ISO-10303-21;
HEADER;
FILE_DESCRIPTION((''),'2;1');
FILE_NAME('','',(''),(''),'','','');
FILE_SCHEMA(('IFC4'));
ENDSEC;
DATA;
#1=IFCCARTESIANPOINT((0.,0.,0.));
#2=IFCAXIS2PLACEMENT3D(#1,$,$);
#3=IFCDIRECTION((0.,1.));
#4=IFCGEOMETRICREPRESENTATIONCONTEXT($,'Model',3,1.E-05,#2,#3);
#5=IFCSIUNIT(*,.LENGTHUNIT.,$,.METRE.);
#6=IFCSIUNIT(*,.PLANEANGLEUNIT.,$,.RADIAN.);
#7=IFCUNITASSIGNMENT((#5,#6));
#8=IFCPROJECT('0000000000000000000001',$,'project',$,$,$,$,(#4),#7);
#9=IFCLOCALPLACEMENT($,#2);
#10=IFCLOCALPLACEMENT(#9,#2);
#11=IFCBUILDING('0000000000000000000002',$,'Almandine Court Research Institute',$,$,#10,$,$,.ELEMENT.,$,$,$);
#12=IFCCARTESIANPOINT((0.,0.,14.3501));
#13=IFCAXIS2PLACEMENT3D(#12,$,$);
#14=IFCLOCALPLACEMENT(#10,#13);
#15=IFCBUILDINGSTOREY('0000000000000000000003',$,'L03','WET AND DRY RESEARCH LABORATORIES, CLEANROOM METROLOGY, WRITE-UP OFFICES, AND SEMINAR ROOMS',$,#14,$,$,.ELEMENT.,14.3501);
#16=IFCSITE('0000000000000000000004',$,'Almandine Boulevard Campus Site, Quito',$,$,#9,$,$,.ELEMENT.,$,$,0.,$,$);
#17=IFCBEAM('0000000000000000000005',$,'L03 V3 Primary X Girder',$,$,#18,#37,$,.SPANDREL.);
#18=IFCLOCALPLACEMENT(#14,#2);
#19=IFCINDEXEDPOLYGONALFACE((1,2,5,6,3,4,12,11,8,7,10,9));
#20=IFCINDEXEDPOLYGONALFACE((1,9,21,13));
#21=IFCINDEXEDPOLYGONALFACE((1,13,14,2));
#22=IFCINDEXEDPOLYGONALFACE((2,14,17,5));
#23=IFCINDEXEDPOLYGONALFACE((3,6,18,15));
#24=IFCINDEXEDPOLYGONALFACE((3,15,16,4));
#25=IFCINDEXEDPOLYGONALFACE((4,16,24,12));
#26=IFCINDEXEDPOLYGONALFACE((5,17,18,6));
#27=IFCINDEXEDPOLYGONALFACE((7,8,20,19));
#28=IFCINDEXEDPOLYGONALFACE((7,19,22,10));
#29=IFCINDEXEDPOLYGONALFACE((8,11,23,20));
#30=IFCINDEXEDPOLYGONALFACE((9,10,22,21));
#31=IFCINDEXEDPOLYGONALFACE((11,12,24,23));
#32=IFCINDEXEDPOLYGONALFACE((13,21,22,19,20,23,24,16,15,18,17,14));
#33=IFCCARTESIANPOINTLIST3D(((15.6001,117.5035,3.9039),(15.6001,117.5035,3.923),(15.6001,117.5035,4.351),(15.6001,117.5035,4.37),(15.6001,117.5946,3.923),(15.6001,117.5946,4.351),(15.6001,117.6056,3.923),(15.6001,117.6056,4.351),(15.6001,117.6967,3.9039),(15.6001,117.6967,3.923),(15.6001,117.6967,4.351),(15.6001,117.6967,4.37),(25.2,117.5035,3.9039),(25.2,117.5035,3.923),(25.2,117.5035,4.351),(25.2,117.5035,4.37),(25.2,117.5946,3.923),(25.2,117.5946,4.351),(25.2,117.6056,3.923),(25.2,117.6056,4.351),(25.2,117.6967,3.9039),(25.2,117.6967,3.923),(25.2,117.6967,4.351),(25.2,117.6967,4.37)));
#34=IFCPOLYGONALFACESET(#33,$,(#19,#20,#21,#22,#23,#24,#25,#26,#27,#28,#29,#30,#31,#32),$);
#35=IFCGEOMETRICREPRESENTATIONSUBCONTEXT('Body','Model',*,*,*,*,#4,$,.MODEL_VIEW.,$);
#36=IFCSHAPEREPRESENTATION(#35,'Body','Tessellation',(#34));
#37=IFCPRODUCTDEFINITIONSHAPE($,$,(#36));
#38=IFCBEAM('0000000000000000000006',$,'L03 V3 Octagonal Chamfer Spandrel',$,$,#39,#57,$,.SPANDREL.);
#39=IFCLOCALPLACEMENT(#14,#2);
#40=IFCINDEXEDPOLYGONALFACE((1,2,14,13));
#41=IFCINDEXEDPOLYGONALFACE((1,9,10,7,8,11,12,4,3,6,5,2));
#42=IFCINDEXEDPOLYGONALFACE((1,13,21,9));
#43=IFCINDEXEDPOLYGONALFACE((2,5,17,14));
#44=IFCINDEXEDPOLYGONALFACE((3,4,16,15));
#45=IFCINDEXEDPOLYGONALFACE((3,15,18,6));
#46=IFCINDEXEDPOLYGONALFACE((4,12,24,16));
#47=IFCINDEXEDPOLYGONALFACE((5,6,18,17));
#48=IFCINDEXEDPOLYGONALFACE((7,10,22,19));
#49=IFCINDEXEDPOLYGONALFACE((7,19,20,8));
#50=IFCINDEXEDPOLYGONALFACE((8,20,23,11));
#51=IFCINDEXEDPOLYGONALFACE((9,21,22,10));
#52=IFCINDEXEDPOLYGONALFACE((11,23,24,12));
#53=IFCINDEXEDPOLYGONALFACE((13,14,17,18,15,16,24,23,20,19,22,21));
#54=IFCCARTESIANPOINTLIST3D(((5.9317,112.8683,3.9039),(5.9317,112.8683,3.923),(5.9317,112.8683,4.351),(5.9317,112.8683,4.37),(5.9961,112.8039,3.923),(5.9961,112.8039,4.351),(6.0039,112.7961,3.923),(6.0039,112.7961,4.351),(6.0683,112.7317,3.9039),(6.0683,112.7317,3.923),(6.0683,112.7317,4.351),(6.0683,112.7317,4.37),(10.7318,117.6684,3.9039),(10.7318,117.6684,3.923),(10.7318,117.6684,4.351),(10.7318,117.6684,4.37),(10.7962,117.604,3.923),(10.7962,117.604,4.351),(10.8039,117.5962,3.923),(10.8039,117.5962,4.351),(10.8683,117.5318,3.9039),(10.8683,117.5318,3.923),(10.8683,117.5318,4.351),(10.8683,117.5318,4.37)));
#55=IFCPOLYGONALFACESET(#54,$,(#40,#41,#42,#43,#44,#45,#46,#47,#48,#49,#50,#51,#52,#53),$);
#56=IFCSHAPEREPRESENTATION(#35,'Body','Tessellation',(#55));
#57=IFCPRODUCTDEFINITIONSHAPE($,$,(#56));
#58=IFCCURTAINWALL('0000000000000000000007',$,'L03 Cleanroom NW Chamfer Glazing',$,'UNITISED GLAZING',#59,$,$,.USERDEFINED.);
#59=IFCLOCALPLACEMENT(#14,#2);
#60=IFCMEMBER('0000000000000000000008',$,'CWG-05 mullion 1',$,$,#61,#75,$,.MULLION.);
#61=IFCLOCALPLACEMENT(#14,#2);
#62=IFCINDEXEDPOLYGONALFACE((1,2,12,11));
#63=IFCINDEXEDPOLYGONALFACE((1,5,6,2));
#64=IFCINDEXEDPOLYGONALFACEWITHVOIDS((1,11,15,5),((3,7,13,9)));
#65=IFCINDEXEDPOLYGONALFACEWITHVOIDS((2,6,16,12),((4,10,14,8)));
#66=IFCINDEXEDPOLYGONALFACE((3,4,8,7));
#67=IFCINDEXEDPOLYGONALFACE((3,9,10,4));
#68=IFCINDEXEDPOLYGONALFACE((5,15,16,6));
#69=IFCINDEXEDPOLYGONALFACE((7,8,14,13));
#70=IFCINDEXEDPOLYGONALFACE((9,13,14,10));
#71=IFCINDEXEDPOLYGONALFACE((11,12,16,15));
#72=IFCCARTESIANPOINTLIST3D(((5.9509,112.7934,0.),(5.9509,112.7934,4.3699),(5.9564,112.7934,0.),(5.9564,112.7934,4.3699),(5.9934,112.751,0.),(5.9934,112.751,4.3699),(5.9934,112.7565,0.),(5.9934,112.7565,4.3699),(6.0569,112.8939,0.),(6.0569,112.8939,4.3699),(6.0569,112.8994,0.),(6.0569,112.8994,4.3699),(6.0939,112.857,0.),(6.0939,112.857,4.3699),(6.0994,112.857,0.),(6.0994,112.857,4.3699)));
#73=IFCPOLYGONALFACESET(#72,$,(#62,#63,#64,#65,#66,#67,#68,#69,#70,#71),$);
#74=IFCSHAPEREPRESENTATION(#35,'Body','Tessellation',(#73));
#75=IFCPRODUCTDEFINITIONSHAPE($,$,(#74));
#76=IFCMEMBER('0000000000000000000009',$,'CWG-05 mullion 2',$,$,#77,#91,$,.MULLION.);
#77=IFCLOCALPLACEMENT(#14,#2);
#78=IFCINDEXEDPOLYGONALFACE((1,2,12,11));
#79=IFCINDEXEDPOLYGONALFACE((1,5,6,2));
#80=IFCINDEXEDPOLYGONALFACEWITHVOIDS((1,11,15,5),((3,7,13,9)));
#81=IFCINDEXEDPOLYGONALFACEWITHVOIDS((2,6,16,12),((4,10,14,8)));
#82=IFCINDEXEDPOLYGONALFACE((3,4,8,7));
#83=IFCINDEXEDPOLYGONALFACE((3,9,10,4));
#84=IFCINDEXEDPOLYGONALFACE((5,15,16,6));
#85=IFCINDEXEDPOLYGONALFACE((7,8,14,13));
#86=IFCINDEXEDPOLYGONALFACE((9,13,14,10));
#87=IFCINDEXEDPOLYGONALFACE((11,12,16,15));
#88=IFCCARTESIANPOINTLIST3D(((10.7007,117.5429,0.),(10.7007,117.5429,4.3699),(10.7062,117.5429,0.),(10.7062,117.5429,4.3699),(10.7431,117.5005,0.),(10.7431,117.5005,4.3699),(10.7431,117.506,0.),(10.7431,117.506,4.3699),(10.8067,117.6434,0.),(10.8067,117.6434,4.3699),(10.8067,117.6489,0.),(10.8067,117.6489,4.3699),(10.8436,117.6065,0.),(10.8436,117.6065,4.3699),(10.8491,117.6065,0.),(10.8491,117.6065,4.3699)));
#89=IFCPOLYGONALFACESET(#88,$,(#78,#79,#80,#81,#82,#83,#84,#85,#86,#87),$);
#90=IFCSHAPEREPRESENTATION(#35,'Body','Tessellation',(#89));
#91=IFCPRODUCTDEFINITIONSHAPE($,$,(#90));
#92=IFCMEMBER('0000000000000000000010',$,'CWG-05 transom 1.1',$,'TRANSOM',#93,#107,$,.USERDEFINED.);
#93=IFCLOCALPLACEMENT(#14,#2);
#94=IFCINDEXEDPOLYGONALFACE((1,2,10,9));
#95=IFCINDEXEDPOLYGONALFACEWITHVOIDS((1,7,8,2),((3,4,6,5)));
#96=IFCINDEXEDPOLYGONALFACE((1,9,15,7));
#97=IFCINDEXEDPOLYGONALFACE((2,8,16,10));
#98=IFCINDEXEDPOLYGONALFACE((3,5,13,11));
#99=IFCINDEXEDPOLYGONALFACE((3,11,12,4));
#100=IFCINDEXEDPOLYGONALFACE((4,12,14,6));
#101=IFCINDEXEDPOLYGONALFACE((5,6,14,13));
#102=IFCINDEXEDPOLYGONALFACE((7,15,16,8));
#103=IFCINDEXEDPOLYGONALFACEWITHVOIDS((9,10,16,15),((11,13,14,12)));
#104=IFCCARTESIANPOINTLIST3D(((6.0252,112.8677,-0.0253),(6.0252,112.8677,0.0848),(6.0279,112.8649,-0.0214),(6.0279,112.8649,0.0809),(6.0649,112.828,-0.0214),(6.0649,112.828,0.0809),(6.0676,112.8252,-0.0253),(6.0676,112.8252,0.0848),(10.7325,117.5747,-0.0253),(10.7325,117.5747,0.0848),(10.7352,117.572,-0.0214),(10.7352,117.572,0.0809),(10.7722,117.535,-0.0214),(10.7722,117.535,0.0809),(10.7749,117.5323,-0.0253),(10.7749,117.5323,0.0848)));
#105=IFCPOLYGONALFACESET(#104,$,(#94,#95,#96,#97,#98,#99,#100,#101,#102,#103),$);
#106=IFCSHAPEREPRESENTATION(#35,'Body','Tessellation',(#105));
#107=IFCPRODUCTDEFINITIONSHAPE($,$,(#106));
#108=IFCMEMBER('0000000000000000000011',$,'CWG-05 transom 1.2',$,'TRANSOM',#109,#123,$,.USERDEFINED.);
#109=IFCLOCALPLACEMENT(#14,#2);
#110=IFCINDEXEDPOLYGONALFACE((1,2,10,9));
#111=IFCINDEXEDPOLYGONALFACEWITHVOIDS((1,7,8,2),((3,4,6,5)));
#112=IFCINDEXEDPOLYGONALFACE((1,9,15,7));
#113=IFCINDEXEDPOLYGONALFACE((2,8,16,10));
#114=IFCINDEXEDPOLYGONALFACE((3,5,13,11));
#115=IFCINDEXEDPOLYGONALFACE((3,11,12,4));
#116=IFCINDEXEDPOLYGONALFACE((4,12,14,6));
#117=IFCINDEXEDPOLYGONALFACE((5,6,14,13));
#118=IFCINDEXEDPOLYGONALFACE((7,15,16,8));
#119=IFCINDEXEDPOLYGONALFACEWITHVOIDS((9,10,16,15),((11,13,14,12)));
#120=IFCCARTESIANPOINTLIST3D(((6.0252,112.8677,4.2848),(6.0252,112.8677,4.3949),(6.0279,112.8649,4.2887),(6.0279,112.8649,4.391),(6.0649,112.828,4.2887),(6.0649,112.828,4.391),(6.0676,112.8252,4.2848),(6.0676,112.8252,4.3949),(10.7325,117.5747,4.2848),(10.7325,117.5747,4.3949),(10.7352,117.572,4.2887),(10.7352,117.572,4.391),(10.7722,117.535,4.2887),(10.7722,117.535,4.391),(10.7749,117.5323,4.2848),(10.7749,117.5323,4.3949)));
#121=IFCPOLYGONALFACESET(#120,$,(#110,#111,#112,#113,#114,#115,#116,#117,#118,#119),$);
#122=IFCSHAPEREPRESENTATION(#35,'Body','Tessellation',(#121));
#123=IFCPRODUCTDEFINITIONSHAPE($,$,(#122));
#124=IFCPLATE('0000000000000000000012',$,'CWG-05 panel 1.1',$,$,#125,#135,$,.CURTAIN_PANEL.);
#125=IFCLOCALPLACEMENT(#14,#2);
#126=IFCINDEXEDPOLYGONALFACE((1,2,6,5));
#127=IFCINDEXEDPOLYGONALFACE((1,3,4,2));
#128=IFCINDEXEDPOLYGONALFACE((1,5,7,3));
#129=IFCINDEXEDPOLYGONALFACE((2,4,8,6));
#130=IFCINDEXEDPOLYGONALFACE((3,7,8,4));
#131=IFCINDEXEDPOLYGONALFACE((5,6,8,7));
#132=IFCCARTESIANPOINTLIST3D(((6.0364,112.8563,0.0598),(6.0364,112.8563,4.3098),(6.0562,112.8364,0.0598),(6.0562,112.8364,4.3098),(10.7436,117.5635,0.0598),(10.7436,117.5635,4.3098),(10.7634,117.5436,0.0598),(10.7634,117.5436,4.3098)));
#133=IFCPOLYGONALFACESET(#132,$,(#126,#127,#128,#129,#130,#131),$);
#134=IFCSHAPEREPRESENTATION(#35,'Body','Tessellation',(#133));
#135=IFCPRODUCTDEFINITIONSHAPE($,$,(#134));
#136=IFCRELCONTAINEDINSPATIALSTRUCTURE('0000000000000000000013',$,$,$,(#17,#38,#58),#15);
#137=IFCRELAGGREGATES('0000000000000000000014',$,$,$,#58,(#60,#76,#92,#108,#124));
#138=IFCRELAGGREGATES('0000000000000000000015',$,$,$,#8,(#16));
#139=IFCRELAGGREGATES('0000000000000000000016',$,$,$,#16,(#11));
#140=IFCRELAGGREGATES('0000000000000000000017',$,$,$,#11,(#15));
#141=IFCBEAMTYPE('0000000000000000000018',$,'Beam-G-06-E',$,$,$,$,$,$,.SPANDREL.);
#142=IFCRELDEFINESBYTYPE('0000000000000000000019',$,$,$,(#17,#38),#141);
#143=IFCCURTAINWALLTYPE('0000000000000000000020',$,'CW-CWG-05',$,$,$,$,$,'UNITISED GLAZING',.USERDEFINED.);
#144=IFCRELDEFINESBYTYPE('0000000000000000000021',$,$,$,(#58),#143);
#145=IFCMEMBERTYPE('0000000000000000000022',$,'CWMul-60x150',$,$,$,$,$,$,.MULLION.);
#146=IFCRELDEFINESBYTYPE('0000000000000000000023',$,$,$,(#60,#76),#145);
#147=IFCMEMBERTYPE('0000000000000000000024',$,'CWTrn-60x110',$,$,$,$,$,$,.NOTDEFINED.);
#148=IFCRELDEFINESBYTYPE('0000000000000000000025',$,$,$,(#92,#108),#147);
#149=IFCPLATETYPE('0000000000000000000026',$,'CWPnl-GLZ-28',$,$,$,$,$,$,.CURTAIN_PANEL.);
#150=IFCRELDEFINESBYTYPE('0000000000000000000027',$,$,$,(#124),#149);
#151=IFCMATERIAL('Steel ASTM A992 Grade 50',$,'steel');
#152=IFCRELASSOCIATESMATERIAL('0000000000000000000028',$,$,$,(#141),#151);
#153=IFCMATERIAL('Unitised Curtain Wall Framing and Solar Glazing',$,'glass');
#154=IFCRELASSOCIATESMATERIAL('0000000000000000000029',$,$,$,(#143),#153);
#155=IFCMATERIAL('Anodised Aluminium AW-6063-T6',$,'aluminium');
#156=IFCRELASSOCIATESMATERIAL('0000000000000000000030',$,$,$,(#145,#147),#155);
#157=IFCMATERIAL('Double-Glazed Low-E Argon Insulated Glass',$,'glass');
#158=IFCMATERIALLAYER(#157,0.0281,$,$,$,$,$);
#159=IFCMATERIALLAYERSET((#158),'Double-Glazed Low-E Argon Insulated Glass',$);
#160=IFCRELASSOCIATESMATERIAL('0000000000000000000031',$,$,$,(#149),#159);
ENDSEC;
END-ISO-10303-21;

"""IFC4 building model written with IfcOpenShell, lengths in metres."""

from ifc_helpers import new_model, si_unit, direction, frame, origin, origin_2d, place, context, subcontext, project, spatial, rectangle, hollow_rectangle, i_section, extrude, material, layer, layer_set, material_profile, profile_set, type_object, element, aggregate, save


model = new_model("IFC4")

# Units and contexts
model_context = context("Model", 3, precision=1e-05, world=origin(), true_north=direction((0.0, 1.0)))
body_context = subcontext(model_context, "Body", "Model", "MODEL_VIEW")
ifc_project = project(units=[si_unit("LENGTHUNIT", "METRE"), si_unit("PLANEANGLEUNIT", "RADIAN")], contexts=[model_context])

# Site, building, storey
site_placement = place(None, origin())
site = spatial("IfcSite", under=ifc_project, at=site_placement, Name="Almandine Boulevard Campus Site, Quito", CompositionType="ELEMENT", RefElevation=0.0)
building_placement = place(site_placement, origin())
building = spatial("IfcBuilding", under=site, at=building_placement, Name="Almandine Court Research Institute", CompositionType="ELEMENT")
storey_placement = place(building_placement, frame((0.0, 0.0, 14.3501)))
storey = spatial("IfcBuildingStorey", under=building, at=storey_placement, Name="L03", Description="WET AND DRY RESEARCH LABORATORIES, CLEANROOM METROLOGY, WRITE-UP OFFICES, AND SEMINAR ROOMS", CompositionType="ELEMENT", Elevation=14.3501)

# Shared definitions
ifc_material_1 = material(Name="Steel ASTM A992 Grade 50", Category="steel")

# Beams
ifc_material_profile_1 = material_profile(ifc_material_1, i_section(OverallWidth=0.1931, OverallDepth=0.4661, WebThickness=0.011, FlangeThickness=0.019, at=origin_2d()), Name="W460x97")
ifc_profile_set_1 = profile_set([ifc_material_profile_1], Name="Steel ASTM A992 Grade 50")
beam_type_1 = type_object("IfcBeamType", Name="Beam-G-06-E", PredefinedType="SPANDREL", material=ifc_profile_set_1)
beam_1_placement = place(storey_placement, frame((15.6001, 117.6001, 4.137), z_axis=(1.0, 0.0, 0.0), x_axis=(0.0, 1.0, 0.0)))
element("IfcBeam", 1, at=beam_1_placement, inside=storey, type_object=beam_type_1, Name="L03 V3 Primary X Girder", PredefinedType="SPANDREL", context=body_context, shape_type="SweptSolid", body=[
    extrude(i_section(OverallWidth=0.1931, OverallDepth=0.4661, WebThickness=0.011, FlangeThickness=0.019, at=origin_2d()), origin(), (0.0, 0.0, 1.0), 9.5999),
])
beam_2_placement = place(storey_placement, frame((10.8, 117.6001, 4.137), z_axis=(-0.707107, -0.707107, 0.0), x_axis=(0.707107, -0.707107, 0.0)))
element("IfcBeam", 2, at=beam_2_placement, inside=storey, type_object=beam_type_1, Name="L03 V3 Octagonal Chamfer Spandrel", PredefinedType="SPANDREL", context=body_context, shape_type="SweptSolid", body=[
    extrude(i_section(OverallWidth=0.1931, OverallDepth=0.4661, WebThickness=0.011, FlangeThickness=0.019, at=origin_2d()), origin(), (0.0, 0.0, 1.0), 6.7883),
])

# Curtain wall, members, plate
ifc_material_2 = material(Name="Unitised Curtain Wall Framing and Solar Glazing", Category="glass")
curtain_wall_type = type_object("IfcCurtainWallType", Name="CW-CWG-05", ElementType="UNITISED GLAZING", PredefinedType="USERDEFINED", material=ifc_material_2)
curtain_wall_placement = place(storey_placement, origin())
curtain_wall = element("IfcCurtainWall", 3, at=curtain_wall_placement, inside=storey, type_object=curtain_wall_type, Name="L03 Cleanroom NW Chamfer Glazing", ObjectType="UNITISED GLAZING", PredefinedType="USERDEFINED")
ifc_material_3 = material(Name="Anodised Aluminium AW-6063-T6", Category="aluminium")
ifc_material_profile_2 = material_profile(ifc_material_3, hollow_rectangle(XDim=0.0601, YDim=0.1499, WallThickness=0.0039, at=origin_2d()), Name="ALU RHS 60x150x4")
ifc_profile_set_2 = profile_set([ifc_material_profile_2], Name="Anodised Aluminium AW-6063-T6")
member_type_1 = type_object("IfcMemberType", Name="CWMul-60x150", PredefinedType="MULLION", material=ifc_profile_set_2)
member_1_placement = place(storey_placement, frame((6.0251, 112.8252, 0.0), z_axis=(0.0, 0.0, 1.0), x_axis=(-0.707107, 0.707107, 0.0)))
member_1 = element("IfcMember", 4, at=member_1_placement, type_object=member_type_1, Name="CWG-05 mullion 1", PredefinedType="MULLION", context=body_context, shape_type="SweptSolid", body=[
    extrude(hollow_rectangle(XDim=0.0601, YDim=0.1499, WallThickness=0.0039, at=origin_2d()), origin(), (0.0, 0.0, 1.0), 4.3699),
])
member_2_placement = place(storey_placement, frame((10.7749, 117.5747, 0.0), z_axis=(0.0, 0.0, 1.0), x_axis=(-0.707107, 0.707107, 0.0)))
member_2 = element("IfcMember", 5, at=member_2_placement, type_object=member_type_1, Name="CWG-05 mullion 2", PredefinedType="MULLION", context=body_context, shape_type="SweptSolid", body=[
    extrude(hollow_rectangle(XDim=0.0601, YDim=0.1499, WallThickness=0.0039, at=origin_2d()), origin(), (0.0, 0.0, 1.0), 4.3699),
])
ifc_material_profile_3 = material_profile(ifc_material_3, hollow_rectangle(XDim=0.0601, YDim=0.1101, WallThickness=0.0039, at=origin_2d()), Name="ALU RHS 60x110x4")
ifc_profile_set_3 = profile_set([ifc_material_profile_3], Name="Anodised Aluminium AW-6063-T6")
member_type_2 = type_object("IfcMemberType", Name="CWTrn-60x110", PredefinedType="NOTDEFINED", material=ifc_profile_set_3)
member_3_placement = place(storey_placement, frame((6.0464, 112.8464, 0.0298), z_axis=(0.707125, 0.707088, 0.0), x_axis=(-0.707088, 0.707125, 0.0)))
member_3 = element("IfcMember", 6, at=member_3_placement, type_object=member_type_2, Name="CWG-05 transom 1.1", ObjectType="TRANSOM", PredefinedType="USERDEFINED", context=body_context, shape_type="SweptSolid", body=[
    extrude(hollow_rectangle(XDim=0.0601, YDim=0.1101, WallThickness=0.0039, at=origin_2d()), origin(), (0.0, 0.0, 1.0), 6.657),
])
member_4_placement = place(storey_placement, frame((6.0464, 112.8464, 4.3398), z_axis=(0.707125, 0.707088, 0.0), x_axis=(-0.707088, 0.707125, 0.0)))
member_4 = element("IfcMember", 7, at=member_4_placement, type_object=member_type_2, Name="CWG-05 transom 1.2", ObjectType="TRANSOM", PredefinedType="USERDEFINED", context=body_context, shape_type="SweptSolid", body=[
    extrude(hollow_rectangle(XDim=0.0601, YDim=0.1101, WallThickness=0.0039, at=origin_2d()), origin(), (0.0, 0.0, 1.0), 6.657),
])
ifc_material_4 = material(Name="Double-Glazed Low-E Argon Insulated Glass", Category="glass")
ifc_layer_1 = layer(ifc_material_4, 0.0281)
ifc_layer_set_1 = layer_set([ifc_layer_1], Name="Double-Glazed Low-E Argon Insulated Glass")
plate_type = type_object("IfcPlateType", Name="CWPnl-GLZ-28", PredefinedType="CURTAIN_PANEL", material=ifc_layer_set_1)
plate_placement = place(storey_placement, frame((8.3999, 115.2, 0.0598), z_axis=(0.0, 0.0, 1.0), x_axis=(0.707107, 0.707107, 0.0)))
plate = element("IfcPlate", 8, at=plate_placement, type_object=plate_type, Name="CWG-05 panel 1.1", PredefinedType="CURTAIN_PANEL", context=body_context, shape_type="SweptSolid", body=[
    extrude(rectangle(XDim=6.657, YDim=0.0281, at=origin_2d()), origin(), (0.0, 0.0, 1.0), 4.25),
])
aggregate(curtain_wall, [member_1, member_2, member_3, member_4, plate])

save(model, "model.ifc")
